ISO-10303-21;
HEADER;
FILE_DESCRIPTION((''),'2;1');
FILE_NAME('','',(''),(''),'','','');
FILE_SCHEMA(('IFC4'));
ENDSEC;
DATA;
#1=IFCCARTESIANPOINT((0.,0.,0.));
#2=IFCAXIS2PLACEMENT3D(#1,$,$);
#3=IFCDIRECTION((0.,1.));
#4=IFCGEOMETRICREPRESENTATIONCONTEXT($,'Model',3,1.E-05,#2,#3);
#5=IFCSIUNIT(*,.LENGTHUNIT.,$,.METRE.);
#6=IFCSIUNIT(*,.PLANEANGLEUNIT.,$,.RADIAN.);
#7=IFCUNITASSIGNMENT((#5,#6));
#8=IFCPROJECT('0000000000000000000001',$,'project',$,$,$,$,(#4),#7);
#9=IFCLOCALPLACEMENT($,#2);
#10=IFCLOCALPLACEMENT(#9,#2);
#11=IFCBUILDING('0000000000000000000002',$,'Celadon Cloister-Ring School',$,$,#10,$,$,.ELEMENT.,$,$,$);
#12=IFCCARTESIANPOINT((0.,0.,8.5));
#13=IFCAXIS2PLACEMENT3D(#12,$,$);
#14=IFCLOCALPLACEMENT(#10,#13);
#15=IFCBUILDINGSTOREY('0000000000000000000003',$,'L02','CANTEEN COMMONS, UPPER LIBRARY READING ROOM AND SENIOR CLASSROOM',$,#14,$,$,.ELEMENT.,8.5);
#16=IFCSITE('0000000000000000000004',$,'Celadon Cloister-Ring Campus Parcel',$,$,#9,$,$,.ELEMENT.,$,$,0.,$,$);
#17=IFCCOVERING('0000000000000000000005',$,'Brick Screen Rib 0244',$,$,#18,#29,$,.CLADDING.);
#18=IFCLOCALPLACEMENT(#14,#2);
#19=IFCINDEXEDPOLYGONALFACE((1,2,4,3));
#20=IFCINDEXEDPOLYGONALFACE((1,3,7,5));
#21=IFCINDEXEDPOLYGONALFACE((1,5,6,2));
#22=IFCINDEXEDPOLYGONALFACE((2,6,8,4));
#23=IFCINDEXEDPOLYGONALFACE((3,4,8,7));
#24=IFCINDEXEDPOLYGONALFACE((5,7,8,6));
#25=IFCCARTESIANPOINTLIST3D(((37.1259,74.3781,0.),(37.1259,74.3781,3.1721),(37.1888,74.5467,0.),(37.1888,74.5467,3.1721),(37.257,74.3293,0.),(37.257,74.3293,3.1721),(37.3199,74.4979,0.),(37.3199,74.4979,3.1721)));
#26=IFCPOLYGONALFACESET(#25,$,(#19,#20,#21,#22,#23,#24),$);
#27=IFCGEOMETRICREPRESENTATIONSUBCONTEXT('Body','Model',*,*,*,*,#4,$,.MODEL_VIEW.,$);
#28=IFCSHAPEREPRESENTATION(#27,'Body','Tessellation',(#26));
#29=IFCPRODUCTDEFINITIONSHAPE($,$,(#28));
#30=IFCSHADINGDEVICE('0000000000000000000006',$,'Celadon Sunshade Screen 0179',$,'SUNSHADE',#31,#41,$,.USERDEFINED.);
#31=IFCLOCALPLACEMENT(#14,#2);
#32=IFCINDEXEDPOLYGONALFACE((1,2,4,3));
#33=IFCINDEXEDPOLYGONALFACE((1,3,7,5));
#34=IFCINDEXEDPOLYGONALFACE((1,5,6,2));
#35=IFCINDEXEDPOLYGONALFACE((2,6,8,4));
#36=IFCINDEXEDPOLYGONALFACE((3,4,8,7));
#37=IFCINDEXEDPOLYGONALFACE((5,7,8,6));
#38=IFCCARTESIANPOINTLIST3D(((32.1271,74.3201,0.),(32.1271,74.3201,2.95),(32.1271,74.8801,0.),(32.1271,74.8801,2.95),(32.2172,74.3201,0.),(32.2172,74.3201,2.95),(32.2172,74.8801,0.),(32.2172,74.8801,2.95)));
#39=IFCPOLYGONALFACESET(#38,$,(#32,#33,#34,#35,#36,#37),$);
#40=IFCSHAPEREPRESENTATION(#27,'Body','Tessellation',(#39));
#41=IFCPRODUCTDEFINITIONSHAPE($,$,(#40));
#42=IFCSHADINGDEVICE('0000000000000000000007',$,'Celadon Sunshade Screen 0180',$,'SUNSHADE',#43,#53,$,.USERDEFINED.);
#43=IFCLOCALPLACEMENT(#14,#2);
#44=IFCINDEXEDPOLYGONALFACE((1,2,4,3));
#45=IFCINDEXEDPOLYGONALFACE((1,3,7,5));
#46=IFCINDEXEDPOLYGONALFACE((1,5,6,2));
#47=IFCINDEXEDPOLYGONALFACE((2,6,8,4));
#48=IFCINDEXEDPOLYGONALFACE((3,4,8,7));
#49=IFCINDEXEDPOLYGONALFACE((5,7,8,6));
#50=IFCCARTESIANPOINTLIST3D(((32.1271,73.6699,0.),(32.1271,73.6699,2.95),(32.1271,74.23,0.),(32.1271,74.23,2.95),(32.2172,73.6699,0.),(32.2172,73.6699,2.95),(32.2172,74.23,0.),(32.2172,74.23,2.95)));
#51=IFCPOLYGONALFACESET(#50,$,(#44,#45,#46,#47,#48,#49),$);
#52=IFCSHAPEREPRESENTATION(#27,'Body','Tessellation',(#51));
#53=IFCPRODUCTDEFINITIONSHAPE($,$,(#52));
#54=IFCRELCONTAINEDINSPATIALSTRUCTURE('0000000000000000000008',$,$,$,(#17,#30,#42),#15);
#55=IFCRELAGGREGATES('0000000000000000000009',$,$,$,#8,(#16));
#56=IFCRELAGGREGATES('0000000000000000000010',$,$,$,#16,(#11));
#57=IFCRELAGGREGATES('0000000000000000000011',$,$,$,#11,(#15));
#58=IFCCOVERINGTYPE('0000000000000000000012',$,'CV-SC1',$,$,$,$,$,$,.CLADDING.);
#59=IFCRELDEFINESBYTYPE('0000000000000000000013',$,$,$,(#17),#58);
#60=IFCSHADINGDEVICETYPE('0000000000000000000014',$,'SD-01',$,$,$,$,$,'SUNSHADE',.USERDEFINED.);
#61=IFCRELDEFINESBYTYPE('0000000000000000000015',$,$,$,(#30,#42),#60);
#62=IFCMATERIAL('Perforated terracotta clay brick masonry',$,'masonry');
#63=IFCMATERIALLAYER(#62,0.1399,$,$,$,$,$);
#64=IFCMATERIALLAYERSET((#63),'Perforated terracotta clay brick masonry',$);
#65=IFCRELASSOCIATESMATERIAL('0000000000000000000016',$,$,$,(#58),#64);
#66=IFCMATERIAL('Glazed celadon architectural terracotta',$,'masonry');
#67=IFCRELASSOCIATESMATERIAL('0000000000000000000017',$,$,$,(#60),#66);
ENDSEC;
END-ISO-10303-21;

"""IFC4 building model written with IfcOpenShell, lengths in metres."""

from ifc_helpers import new_model, si_unit, direction, frame, origin, origin_2d, place, context, subcontext, project, spatial, rectangle, extrude, material, layer, layer_set, type_object, element, save


model = new_model("IFC4")

# Units and contexts
model_context = context("Model", 3, precision=1e-05, world=origin(), true_north=direction((0.0, 1.0)))
body_context = subcontext(model_context, "Body", "Model", "MODEL_VIEW")
ifc_project = project(units=[si_unit("LENGTHUNIT", "METRE"), si_unit("PLANEANGLEUNIT", "RADIAN")], contexts=[model_context])

# Site, building, storey
site_placement = place(None, origin())
site = spatial("IfcSite", under=ifc_project, at=site_placement, Name="Celadon Cloister-Ring Campus Parcel", CompositionType="ELEMENT", RefElevation=0.0)
building_placement = place(site_placement, origin())
building = spatial("IfcBuilding", under=site, at=building_placement, Name="Celadon Cloister-Ring School", CompositionType="ELEMENT")
storey_placement = place(building_placement, frame((0.0, 0.0, 8.5)))
storey = spatial("IfcBuildingStorey", under=building, at=storey_placement, Name="L02", Description="CANTEEN COMMONS, UPPER LIBRARY READING ROOM AND SENIOR CLASSROOM", CompositionType="ELEMENT", Elevation=8.5)

# Covering
ifc_material_1 = material(Name="Perforated terracotta clay brick masonry", Category="masonry")
ifc_layer_1 = layer(ifc_material_1, 0.1399)
ifc_layer_set_1 = layer_set([ifc_layer_1], Name="Perforated terracotta clay brick masonry")
covering_type = type_object("IfcCoveringType", Name="CV-SC1", PredefinedType="CLADDING", material=ifc_layer_set_1)
covering_placement = place(storey_placement, frame((37.2229, 74.438, 0.0), z_axis=(0.0, 0.0, 1.0), x_axis=(0.34921, 0.937045, 0.0)))
element("IfcCovering", 1, at=covering_placement, inside=storey, type_object=covering_type, Name="Brick Screen Rib 0244", PredefinedType="CLADDING", context=body_context, shape_type="SweptSolid", body=[
    extrude(rectangle(XDim=0.1799, YDim=0.1399, at=origin_2d()), origin(), (0.0, 0.0, 1.0), 3.1721),
])

# Shading devices
ifc_material_2 = material(Name="Glazed celadon architectural terracotta", Category="masonry")
shading_device_type = type_object("IfcShadingDeviceType", Name="SD-01", ElementType="SUNSHADE", PredefinedType="USERDEFINED", material=ifc_material_2)
for number, where, z_axis, x_axis, name in (
    (2, (32.1721, 74.6001, 0.0), (0.0, 0.0, 1.0), (0.0, -1.0, 0.0), "Celadon Sunshade Screen 0179"),
    (3, (32.1721, 73.95, 0.0), (0.0, 0.0, 1.0), (0.0, -1.0, 0.0), "Celadon Sunshade Screen 0180"),
):
    element("IfcShadingDevice", number, at=place(storey_placement, frame(where, z_axis=z_axis, x_axis=x_axis)), inside=storey, type_object=shading_device_type, Name=name, ObjectType="SUNSHADE", PredefinedType="USERDEFINED", context=body_context, shape_type="SweptSolid", body=[
        extrude(rectangle(XDim=0.5601, YDim=0.0901, at=origin_2d()), origin(), (0.0, 0.0, 1.0), 2.95),
    ])

save(model, "model.ifc")
